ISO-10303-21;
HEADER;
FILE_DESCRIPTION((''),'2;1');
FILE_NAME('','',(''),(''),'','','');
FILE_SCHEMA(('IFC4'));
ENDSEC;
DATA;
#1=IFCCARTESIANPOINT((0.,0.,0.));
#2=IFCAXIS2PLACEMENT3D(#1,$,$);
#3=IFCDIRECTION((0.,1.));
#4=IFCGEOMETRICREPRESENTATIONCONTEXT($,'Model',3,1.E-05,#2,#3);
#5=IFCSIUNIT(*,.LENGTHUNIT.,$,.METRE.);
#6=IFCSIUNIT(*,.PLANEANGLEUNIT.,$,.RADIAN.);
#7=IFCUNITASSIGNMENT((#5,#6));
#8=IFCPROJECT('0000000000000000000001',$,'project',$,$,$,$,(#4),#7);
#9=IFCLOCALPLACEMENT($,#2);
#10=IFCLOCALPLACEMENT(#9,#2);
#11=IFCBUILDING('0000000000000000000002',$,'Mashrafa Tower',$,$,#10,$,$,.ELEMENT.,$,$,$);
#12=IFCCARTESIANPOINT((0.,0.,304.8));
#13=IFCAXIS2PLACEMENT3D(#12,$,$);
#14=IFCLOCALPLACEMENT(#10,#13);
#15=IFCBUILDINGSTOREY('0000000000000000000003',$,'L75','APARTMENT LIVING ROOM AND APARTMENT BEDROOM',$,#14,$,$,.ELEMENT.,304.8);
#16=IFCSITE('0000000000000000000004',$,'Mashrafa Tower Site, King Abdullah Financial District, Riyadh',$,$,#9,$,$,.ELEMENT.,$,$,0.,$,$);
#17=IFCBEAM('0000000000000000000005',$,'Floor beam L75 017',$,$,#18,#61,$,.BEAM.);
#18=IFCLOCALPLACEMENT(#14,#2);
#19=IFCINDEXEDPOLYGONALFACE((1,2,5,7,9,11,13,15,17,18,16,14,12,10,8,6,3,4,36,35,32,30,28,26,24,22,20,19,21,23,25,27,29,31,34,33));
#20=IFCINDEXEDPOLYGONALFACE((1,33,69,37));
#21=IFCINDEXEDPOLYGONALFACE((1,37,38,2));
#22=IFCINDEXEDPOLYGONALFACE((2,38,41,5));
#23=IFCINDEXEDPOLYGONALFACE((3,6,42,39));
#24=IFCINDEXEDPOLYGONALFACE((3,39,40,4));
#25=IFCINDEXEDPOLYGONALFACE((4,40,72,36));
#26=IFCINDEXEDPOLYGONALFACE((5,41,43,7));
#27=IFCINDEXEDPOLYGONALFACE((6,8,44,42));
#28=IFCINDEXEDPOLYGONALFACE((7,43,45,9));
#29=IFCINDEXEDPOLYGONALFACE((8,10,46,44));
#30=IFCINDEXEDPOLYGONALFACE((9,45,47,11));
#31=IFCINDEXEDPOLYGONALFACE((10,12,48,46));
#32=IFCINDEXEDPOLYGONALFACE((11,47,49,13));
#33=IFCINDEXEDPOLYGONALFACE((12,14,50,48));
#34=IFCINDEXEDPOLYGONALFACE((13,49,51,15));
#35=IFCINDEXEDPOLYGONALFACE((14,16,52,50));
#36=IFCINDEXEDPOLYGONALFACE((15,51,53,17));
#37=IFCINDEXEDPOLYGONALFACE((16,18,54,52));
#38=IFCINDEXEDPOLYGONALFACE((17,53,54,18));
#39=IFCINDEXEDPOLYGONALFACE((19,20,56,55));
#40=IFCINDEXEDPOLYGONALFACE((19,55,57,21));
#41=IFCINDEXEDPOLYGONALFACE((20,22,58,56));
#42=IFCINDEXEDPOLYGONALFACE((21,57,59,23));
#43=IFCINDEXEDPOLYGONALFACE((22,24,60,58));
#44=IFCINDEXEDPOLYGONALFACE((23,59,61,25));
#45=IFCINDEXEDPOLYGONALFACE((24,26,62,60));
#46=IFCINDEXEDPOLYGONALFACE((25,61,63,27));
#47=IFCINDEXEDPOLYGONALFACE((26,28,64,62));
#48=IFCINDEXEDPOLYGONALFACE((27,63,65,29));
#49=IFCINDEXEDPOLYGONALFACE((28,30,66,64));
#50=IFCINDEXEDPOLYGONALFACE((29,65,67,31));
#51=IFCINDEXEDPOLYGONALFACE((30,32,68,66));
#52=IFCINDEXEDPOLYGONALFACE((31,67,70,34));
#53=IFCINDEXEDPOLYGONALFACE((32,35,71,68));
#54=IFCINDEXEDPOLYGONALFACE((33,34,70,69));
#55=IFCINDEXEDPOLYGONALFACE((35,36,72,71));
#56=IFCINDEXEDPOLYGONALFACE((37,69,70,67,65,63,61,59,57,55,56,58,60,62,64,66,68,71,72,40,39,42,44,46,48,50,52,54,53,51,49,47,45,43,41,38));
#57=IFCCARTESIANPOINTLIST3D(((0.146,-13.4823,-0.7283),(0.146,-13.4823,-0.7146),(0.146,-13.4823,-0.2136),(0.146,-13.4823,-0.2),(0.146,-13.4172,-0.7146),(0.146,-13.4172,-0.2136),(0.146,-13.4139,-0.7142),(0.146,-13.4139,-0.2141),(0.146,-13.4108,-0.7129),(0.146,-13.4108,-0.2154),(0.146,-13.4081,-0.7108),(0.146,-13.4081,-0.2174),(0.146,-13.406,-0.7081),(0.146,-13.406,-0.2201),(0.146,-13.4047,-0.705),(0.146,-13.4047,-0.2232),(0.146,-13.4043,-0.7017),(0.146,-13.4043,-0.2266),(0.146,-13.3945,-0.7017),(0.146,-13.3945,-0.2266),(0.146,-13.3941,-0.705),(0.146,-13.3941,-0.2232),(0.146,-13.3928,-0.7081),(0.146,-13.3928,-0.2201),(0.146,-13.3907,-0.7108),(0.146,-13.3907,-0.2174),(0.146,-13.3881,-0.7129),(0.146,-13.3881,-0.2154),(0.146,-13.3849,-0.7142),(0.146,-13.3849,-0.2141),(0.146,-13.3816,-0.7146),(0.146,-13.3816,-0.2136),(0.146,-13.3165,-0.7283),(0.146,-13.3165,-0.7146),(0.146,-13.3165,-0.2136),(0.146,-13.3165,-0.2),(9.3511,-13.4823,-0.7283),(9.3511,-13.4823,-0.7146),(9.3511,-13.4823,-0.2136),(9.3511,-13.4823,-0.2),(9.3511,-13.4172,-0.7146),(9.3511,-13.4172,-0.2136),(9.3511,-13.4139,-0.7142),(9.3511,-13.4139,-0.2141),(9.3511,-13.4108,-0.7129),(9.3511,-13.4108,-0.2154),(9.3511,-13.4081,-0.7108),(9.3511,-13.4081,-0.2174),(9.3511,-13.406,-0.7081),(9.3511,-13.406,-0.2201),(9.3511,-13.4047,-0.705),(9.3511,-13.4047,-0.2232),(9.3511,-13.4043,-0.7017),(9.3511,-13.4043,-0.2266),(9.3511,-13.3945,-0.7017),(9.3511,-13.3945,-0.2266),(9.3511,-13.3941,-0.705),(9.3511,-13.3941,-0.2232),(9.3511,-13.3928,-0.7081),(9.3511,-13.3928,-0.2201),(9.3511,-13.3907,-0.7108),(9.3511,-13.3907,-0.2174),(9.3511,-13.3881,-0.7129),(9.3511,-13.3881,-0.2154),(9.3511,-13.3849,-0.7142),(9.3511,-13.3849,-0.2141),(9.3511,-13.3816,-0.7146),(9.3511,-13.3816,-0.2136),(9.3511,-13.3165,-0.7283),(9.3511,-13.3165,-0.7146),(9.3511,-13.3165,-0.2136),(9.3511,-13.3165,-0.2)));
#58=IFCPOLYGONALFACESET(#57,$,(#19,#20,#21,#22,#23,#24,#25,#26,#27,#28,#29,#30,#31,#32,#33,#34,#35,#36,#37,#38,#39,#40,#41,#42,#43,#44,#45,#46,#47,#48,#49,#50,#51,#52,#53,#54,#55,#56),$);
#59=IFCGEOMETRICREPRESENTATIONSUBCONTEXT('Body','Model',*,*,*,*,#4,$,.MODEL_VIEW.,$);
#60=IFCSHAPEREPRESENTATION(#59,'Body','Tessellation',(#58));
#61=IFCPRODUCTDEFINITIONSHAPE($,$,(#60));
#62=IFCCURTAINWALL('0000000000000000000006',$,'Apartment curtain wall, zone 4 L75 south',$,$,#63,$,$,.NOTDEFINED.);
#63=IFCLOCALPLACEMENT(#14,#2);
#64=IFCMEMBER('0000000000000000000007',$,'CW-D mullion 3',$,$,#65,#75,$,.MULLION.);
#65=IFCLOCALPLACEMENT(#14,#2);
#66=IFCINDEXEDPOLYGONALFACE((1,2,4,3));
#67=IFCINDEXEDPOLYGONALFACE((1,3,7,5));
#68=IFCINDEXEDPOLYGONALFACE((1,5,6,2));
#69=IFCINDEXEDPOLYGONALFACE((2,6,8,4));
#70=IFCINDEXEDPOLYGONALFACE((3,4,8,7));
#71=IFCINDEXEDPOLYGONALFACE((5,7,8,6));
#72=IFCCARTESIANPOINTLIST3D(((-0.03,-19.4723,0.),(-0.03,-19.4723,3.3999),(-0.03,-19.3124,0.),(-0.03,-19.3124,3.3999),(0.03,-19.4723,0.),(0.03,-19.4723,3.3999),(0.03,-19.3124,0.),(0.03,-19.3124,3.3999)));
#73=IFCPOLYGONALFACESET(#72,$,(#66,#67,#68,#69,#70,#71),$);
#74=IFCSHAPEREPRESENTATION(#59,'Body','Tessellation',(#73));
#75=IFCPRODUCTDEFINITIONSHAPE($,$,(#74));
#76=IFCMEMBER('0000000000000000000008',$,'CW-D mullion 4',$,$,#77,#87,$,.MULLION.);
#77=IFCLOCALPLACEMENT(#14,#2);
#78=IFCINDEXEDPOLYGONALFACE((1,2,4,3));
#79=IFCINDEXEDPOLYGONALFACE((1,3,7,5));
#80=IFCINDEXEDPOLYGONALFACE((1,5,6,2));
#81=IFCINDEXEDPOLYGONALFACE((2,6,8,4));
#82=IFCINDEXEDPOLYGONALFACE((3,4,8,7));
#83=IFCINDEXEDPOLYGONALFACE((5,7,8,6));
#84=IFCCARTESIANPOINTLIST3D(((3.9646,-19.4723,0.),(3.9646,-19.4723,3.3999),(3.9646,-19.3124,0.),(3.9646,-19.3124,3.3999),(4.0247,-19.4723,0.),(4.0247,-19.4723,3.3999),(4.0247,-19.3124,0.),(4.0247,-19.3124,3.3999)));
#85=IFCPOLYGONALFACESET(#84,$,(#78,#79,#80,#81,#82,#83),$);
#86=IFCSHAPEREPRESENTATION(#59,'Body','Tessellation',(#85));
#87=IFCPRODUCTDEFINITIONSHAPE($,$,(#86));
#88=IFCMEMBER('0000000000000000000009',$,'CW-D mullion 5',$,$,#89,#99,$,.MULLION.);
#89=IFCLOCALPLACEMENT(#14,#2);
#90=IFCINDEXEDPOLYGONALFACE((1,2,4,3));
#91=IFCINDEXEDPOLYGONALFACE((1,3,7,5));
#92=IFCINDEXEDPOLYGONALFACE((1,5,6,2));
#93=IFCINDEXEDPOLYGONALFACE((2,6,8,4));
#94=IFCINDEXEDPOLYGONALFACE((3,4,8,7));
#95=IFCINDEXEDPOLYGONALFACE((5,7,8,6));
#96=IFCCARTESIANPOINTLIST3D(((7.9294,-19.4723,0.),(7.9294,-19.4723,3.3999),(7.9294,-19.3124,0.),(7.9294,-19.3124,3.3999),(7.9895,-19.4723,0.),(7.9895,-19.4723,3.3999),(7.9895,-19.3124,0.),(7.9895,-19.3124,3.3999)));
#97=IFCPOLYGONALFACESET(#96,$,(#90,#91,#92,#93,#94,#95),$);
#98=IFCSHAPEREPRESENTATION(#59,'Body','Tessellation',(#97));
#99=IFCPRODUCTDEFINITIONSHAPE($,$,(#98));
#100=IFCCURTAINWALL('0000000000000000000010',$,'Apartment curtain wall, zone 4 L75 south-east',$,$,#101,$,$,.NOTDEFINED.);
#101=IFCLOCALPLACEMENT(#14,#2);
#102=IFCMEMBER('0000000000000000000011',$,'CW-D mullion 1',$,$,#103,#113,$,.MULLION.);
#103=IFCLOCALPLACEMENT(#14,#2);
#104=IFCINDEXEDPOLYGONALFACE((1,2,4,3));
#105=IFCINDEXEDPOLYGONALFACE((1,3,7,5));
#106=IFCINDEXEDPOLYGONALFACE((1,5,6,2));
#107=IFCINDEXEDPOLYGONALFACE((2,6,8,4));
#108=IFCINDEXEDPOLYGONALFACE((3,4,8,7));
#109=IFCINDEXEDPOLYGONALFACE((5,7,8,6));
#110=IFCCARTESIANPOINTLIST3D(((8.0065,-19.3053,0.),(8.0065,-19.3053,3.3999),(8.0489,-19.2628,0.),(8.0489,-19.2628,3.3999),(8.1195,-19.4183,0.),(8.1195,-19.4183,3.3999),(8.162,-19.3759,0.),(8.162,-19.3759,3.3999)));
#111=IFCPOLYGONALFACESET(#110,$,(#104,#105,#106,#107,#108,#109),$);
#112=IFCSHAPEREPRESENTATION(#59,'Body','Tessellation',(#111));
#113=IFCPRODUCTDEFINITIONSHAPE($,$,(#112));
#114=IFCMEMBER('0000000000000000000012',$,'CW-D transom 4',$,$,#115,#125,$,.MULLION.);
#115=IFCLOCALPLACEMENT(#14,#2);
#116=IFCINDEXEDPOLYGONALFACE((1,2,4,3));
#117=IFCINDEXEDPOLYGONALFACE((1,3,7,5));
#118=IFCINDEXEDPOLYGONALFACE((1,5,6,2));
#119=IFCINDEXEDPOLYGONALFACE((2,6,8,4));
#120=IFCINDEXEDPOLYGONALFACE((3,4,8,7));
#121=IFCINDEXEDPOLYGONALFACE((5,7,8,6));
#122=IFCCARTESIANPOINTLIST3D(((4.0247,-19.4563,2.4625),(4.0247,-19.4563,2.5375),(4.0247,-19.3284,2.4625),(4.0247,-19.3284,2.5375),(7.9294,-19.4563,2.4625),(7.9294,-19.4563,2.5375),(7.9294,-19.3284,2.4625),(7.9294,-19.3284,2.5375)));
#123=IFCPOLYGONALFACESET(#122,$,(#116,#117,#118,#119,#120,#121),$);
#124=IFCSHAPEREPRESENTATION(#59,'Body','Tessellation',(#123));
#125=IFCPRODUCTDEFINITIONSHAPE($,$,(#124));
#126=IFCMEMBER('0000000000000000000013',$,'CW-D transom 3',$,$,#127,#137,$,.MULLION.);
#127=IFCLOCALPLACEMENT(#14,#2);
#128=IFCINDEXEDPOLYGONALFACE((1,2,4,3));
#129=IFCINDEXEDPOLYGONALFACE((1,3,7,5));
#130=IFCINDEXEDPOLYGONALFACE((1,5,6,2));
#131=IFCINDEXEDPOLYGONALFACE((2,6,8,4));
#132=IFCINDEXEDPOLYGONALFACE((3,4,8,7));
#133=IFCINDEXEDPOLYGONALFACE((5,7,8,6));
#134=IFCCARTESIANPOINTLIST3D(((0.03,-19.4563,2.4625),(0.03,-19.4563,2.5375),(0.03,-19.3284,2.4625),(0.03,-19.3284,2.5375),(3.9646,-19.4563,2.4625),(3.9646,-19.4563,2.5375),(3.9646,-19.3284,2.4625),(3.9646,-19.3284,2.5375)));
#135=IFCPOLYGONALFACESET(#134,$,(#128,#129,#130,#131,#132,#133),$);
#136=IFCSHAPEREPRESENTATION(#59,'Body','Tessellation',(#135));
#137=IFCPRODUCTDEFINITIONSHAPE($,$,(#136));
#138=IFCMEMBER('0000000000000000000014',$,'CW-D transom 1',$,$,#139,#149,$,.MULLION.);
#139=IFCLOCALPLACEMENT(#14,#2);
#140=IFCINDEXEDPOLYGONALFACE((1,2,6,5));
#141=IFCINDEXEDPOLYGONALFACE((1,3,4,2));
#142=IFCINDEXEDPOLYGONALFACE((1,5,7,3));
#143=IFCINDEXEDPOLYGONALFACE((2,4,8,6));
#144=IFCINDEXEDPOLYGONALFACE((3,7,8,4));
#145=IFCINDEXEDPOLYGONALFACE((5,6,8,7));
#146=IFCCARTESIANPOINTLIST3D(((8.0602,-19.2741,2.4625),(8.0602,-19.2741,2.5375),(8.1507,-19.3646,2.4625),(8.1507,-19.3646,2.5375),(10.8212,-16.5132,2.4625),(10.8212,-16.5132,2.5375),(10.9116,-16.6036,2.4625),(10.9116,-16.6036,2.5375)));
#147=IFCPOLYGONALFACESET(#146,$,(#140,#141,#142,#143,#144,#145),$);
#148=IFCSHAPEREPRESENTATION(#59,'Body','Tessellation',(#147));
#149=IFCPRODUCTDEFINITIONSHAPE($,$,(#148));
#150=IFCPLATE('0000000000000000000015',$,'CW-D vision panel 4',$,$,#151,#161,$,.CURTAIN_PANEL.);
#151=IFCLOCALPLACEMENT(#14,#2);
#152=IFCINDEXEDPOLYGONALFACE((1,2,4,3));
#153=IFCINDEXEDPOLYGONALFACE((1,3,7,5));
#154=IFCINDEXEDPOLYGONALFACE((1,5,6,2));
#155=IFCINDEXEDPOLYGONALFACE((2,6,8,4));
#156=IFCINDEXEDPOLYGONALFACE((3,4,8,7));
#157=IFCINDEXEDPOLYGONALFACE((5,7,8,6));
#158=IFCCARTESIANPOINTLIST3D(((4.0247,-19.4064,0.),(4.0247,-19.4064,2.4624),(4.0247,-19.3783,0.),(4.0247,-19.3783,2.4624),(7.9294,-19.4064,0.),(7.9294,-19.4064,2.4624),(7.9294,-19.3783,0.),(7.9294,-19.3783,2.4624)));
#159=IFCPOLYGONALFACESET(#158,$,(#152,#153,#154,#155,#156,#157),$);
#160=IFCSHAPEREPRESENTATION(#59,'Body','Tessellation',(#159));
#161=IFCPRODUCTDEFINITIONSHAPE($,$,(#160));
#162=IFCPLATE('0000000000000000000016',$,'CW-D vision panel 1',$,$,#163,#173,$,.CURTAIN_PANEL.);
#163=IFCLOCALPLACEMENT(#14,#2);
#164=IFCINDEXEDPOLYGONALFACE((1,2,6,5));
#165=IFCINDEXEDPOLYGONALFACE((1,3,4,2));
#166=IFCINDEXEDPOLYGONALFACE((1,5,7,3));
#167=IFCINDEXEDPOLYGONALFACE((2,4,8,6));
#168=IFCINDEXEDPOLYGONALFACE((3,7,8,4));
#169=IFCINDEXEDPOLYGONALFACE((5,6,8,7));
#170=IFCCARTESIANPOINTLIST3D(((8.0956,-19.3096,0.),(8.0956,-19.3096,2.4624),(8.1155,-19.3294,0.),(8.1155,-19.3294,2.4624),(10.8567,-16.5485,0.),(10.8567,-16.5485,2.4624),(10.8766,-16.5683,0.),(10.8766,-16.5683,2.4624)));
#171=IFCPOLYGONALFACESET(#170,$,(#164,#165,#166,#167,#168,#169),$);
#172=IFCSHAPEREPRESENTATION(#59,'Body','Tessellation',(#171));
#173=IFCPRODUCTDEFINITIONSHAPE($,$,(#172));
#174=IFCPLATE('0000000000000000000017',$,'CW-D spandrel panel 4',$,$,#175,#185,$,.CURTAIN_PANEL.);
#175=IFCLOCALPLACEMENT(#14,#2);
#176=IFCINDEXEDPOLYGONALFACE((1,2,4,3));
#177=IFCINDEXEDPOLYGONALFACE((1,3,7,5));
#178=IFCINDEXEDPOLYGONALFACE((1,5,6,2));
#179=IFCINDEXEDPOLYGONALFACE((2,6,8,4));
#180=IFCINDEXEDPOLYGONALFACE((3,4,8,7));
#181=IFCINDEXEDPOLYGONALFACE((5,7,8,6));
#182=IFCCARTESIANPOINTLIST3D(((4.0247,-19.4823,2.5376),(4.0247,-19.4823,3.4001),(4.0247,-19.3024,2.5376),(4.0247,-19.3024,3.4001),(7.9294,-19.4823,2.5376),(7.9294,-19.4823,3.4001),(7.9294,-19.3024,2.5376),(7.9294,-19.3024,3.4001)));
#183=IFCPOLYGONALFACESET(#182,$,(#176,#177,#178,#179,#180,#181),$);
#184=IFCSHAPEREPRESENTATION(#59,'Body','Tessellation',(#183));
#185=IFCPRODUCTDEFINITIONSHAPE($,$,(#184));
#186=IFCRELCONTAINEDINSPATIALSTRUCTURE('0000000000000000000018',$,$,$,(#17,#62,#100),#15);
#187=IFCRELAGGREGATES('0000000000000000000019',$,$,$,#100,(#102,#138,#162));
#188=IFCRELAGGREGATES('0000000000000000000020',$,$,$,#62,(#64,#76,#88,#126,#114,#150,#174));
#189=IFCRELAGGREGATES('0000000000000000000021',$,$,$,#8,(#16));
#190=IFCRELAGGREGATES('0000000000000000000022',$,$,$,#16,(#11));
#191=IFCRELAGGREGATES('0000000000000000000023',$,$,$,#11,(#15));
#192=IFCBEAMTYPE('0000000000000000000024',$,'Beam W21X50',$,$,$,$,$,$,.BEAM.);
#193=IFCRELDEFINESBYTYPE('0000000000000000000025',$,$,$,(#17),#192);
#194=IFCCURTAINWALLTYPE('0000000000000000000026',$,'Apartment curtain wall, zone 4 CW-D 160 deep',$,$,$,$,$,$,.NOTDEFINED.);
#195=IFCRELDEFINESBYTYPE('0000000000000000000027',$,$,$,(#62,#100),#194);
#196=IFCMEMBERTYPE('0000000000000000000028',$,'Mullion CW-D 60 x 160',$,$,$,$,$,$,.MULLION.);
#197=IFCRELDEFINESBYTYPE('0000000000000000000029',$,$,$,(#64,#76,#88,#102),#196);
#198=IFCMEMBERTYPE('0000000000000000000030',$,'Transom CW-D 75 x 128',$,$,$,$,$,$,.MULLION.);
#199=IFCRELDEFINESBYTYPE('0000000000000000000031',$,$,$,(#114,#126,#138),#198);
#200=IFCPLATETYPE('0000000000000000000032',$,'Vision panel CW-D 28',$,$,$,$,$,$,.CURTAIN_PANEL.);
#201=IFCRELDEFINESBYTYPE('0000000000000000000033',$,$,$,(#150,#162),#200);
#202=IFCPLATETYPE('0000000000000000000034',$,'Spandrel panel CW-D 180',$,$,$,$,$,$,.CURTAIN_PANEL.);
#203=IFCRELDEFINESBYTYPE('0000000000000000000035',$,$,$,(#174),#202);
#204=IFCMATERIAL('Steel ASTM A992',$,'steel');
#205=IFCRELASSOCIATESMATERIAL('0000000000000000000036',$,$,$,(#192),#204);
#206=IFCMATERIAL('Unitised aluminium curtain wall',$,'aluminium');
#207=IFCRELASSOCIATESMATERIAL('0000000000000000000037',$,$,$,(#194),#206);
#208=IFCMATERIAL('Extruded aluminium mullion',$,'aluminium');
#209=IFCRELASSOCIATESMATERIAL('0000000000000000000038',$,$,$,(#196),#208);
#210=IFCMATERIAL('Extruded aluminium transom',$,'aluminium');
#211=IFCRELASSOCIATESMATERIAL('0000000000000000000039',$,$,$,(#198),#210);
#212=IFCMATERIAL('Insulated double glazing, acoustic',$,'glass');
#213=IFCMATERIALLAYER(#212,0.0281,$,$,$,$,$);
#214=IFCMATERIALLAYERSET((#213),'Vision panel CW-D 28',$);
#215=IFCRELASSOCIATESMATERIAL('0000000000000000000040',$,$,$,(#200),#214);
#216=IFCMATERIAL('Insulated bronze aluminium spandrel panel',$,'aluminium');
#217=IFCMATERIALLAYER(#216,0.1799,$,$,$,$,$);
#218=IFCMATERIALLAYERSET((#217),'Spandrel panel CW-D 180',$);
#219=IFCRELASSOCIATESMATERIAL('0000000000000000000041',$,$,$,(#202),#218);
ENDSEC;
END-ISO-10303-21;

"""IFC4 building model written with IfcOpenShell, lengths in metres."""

from ifc_helpers import new_model, si_unit, direction, frame, origin, origin_2d, place, context, subcontext, project, spatial, rectangle, i_section, extrude, source, transform, mapped, material, layer, layer_set, material_profile, profile_set, type_object, type_shapes, element, aggregate, save


model = new_model("IFC4")

# Units and contexts
model_context = context("Model", 3, precision=1e-05, world=origin(), true_north=direction((0.0, 1.0)))
body_context = subcontext(model_context, "Body", "Model", "MODEL_VIEW")
ifc_project = project(units=[si_unit("LENGTHUNIT", "METRE"), si_unit("PLANEANGLEUNIT", "RADIAN")], contexts=[model_context])

# Site, building, storey
site_placement = place(None, origin())
site = spatial("IfcSite", under=ifc_project, at=site_placement, Name="Mashrafa Tower Site, King Abdullah Financial District, Riyadh", CompositionType="ELEMENT", RefElevation=0.0)
building_placement = place(site_placement, origin())
building = spatial("IfcBuilding", under=site, at=building_placement, Name="Mashrafa Tower", CompositionType="ELEMENT")
storey_placement = place(building_placement, frame((0.0, 0.0, 304.8)))
storey = spatial("IfcBuildingStorey", under=building, at=storey_placement, Name="L75", Description="APARTMENT LIVING ROOM AND APARTMENT BEDROOM", CompositionType="ELEMENT", Elevation=304.8)

# Beam
ifc_material_1 = material(Name="Steel ASTM A992", Category="steel")
ifc_material_profile_1 = material_profile(ifc_material_1, i_section(OverallWidth=0.1658, OverallDepth=0.5283, WebThickness=0.0098, FlangeThickness=0.0137, FilletRadius=0.0129, at=origin_2d()), Name="W21X50")
ifc_profile_set_1 = profile_set([ifc_material_profile_1], Name="Steel ASTM A992")
beam_type_1 = type_object("IfcBeamType", Name="Beam W21X50", PredefinedType="BEAM", material=ifc_profile_set_1)
beam_1_placement = place(storey_placement, frame((9.3511, -13.3994, -0.4641), z_axis=(-1.0, 0.0, 0.0), x_axis=(0.0, -1.0, 0.0)))
element("IfcBeam", 1, at=beam_1_placement, inside=storey, type_object=beam_type_1, Name="Floor beam L75 017", PredefinedType="BEAM", context=body_context, shape_type="SweptSolid", body=[
    extrude(i_section(OverallWidth=0.1658, OverallDepth=0.5283, WebThickness=0.0098, FlangeThickness=0.0137, FilletRadius=0.0129, at=origin_2d()), origin(), (0.0, 0.0, 1.0), 9.2051),
])

# Curtain wall, members
ifc_material_2 = material(Name="Unitised aluminium curtain wall", Category="aluminium")
curtain_wall_type = type_object("IfcCurtainWallType", Name="Apartment curtain wall, zone 4 CW-D 160 deep", PredefinedType="NOTDEFINED", material=ifc_material_2)
curtain_wall_1_placement = place(storey_placement, origin())
curtain_wall_1 = element("IfcCurtainWall", 2, at=curtain_wall_1_placement, inside=storey, type_object=curtain_wall_type, Name="Apartment curtain wall, zone 4 L75 south", PredefinedType="NOTDEFINED")
ifc_material_3 = material(Name="Extruded aluminium mullion", Category="aluminium")
ifc_material_profile_2 = material_profile(ifc_material_3, rectangle(XDim=0.1599, YDim=0.0601, at=origin_2d()), Name="Mullion 60x160")
ifc_profile_set_2 = profile_set([ifc_material_profile_2], Name="Extruded aluminium mullion")
member_type_1 = type_object("IfcMemberType", Name="Mullion CW-D 60 x 160", PredefinedType="MULLION", material=ifc_profile_set_2)
shared_shape_1 = source(origin(), body_context, "Body", "SweptSolid", [
    extrude(rectangle(XDim=0.1599, YDim=0.0601, at=origin_2d()), origin(), (0.0, 0.0, 1.0), 3.3999),
])
type_shapes(member_type_1, [shared_shape_1])
member_1_placement = place(storey_placement, frame((0.0, -19.3923, 0.0), z_axis=(0.0, 0.0, 1.0), x_axis=(0.0, 1.0, 0.0)))
member_1 = element("IfcMember", 3, at=member_1_placement, type_object=member_type_1, Name="CW-D mullion 3", PredefinedType="MULLION", context=body_context, shape_type="MappedRepresentation", body=[
    mapped(shared_shape_1, transform((0.0, 0.0, 0.0))),
])
member_2_placement = place(storey_placement, frame((3.9946, -19.3923, 0.0), z_axis=(0.0, 0.0, 1.0), x_axis=(0.0, 1.0, 0.0)))
member_2 = element("IfcMember", 4, at=member_2_placement, type_object=member_type_1, Name="CW-D mullion 4", PredefinedType="MULLION", context=body_context, shape_type="MappedRepresentation", body=[
    mapped(shared_shape_1, transform((0.0, 0.0, 0.0))),
])
member_3_placement = place(storey_placement, frame((7.9595, -19.3923, 0.0), z_axis=(0.0, 0.0, 1.0), x_axis=(0.0, 1.0, 0.0)))
member_3 = element("IfcMember", 5, at=member_3_placement, type_object=member_type_1, Name="CW-D mullion 5", PredefinedType="MULLION", context=body_context, shape_type="MappedRepresentation", body=[
    mapped(shared_shape_1, transform((0.0, 0.0, 0.0))),
])

# Curtain wall, member
curtain_wall_2_placement = place(storey_placement, origin())
curtain_wall_2 = element("IfcCurtainWall", 6, at=curtain_wall_2_placement, inside=storey, type_object=curtain_wall_type, Name="Apartment curtain wall, zone 4 L75 south-east", PredefinedType="NOTDEFINED")
member_4_placement = place(storey_placement, frame((8.0842, -19.3406, 0.0), z_axis=(0.0, 0.0, 1.0), x_axis=(-0.707107, 0.707107, 0.0)))
member_4 = element("IfcMember", 7, at=member_4_placement, type_object=member_type_1, Name="CW-D mullion 1", PredefinedType="MULLION", context=body_context, shape_type="MappedRepresentation", body=[
    mapped(shared_shape_1, transform((0.0, 0.0, 0.0))),
])

# Members
ifc_material_4 = material(Name="Extruded aluminium transom", Category="aluminium")
ifc_material_profile_3 = material_profile(ifc_material_4, rectangle(XDim=0.1279, YDim=0.075, at=origin_2d()), Name="Transom 75x128")
ifc_profile_set_3 = profile_set([ifc_material_profile_3], Name="Extruded aluminium transom")
member_type_2 = type_object("IfcMemberType", Name="Transom CW-D 75 x 128", PredefinedType="MULLION", material=ifc_profile_set_3)
shared_shape_2 = source(origin(), body_context, "Body", "SweptSolid", [
    extrude(rectangle(XDim=0.1279, YDim=0.075, at=origin_2d()), origin(), (0.0, 0.0, 1.0), 3.9048),
])
member_5_placement = place(storey_placement, frame((4.0247, -19.3923, 2.5), z_axis=(1.0, 0.0, 0.0), x_axis=(0.0, 1.0, 0.0)))
member_5 = element("IfcMember", 8, at=member_5_placement, type_object=member_type_2, Name="CW-D transom 4", PredefinedType="MULLION", context=body_context, shape_type="MappedRepresentation", body=[
    mapped(shared_shape_2, transform((0.0, 0.0, 0.0))),
])
shared_shape_3 = source(origin(), body_context, "Body", "SweptSolid", [
    extrude(rectangle(XDim=0.1279, YDim=0.075, at=origin_2d()), origin(), (0.0, 0.0, 1.0), 3.9346),
])
member_6_placement = place(storey_placement, frame((0.03, -19.3923, 2.5), z_axis=(1.0, 0.0, 0.0), x_axis=(0.0, 1.0, 0.0)))
member_6 = element("IfcMember", 9, at=member_6_placement, type_object=member_type_2, Name="CW-D transom 3", PredefinedType="MULLION", context=body_context, shape_type="MappedRepresentation", body=[
    mapped(shared_shape_3, transform((0.0, 0.0, 0.0))),
])
shared_shape_4 = source(origin(), body_context, "Body", "SweptSolid", [
    extrude(rectangle(XDim=0.1279, YDim=0.075, at=origin_2d()), origin(), (0.0, 0.0, 1.0), 3.9045),
])
type_shapes(member_type_2, [shared_shape_2, shared_shape_3, shared_shape_4])
member_7_placement = place(storey_placement, frame((8.1055, -19.3193, 2.5), z_axis=(0.707107, 0.707107, 0.0), x_axis=(-0.707107, 0.707107, 0.0)))
member_7 = element("IfcMember", 10, at=member_7_placement, type_object=member_type_2, Name="CW-D transom 1", PredefinedType="MULLION", context=body_context, shape_type="MappedRepresentation", body=[
    mapped(shared_shape_4, transform((0.0, 0.0, 0.0))),
])

# Plates
ifc_material_5 = material(Name="Insulated double glazing, acoustic", Category="glass")
ifc_layer_1 = layer(ifc_material_5, 0.0281)
ifc_layer_set_1 = layer_set([ifc_layer_1], Name="Vision panel CW-D 28")
plate_type_1 = type_object("IfcPlateType", Name="Vision panel CW-D 28", PredefinedType="CURTAIN_PANEL", material=ifc_layer_set_1)
shared_shape_5 = source(origin(), body_context, "Body", "SweptSolid", [
    extrude(rectangle(XDim=3.9048, YDim=0.0281, at=origin_2d()), origin(), (0.0, 0.0, 1.0), 2.4624),
])
plate_1_placement = place(storey_placement, frame((5.9771, -19.3923, 0.0), z_axis=(0.0, 0.0, 1.0), x_axis=(1.0, 0.0, 0.0)))
plate_1 = element("IfcPlate", 11, at=plate_1_placement, type_object=plate_type_1, Name="CW-D vision panel 4", PredefinedType="CURTAIN_PANEL", context=body_context, shape_type="MappedRepresentation", body=[
    mapped(shared_shape_5, transform((0.0, 0.0, 0.0))),
])
plate_2_placement = place(storey_placement, frame((9.4861, -17.939, 0.0), z_axis=(0.0, 0.0, 1.0), x_axis=(0.707107, 0.707107, 0.0)))
plate_2 = element("IfcPlate", 12, at=plate_2_placement, type_object=plate_type_1, Name="CW-D vision panel 1", PredefinedType="CURTAIN_PANEL", context=body_context, shape_type="MappedRepresentation", body=[
    mapped(shared_shape_5, transform((0.0, 0.0, 0.0))),
])
aggregate(curtain_wall_2, [member_4, member_7, plate_2])
ifc_material_6 = material(Name="Insulated bronze aluminium spandrel panel", Category="aluminium")
ifc_layer_2 = layer(ifc_material_6, 0.1799)
ifc_layer_set_2 = layer_set([ifc_layer_2], Name="Spandrel panel CW-D 180")
plate_type_2 = type_object("IfcPlateType", Name="Spandrel panel CW-D 180", PredefinedType="CURTAIN_PANEL", material=ifc_layer_set_2)
shared_shape_6 = source(origin(), body_context, "Body", "SweptSolid", [
    extrude(rectangle(XDim=3.9048, YDim=0.1799, at=origin_2d()), origin(), (0.0, 0.0, 1.0), 0.8625),
])
plate_3_placement = place(storey_placement, frame((5.9771, -19.3923, 2.5376), z_axis=(0.0, 0.0, 1.0), x_axis=(1.0, 0.0, 0.0)))
plate_3 = element("IfcPlate", 13, at=plate_3_placement, type_object=plate_type_2, Name="CW-D spandrel panel 4", PredefinedType="CURTAIN_PANEL", context=body_context, shape_type="MappedRepresentation", body=[
    mapped(shared_shape_6, transform((0.0, 0.0, 0.0))),
])
aggregate(curtain_wall_1, [member_1, member_2, member_3, member_6, member_5, plate_1, plate_3])

save(model, "model.ifc")
